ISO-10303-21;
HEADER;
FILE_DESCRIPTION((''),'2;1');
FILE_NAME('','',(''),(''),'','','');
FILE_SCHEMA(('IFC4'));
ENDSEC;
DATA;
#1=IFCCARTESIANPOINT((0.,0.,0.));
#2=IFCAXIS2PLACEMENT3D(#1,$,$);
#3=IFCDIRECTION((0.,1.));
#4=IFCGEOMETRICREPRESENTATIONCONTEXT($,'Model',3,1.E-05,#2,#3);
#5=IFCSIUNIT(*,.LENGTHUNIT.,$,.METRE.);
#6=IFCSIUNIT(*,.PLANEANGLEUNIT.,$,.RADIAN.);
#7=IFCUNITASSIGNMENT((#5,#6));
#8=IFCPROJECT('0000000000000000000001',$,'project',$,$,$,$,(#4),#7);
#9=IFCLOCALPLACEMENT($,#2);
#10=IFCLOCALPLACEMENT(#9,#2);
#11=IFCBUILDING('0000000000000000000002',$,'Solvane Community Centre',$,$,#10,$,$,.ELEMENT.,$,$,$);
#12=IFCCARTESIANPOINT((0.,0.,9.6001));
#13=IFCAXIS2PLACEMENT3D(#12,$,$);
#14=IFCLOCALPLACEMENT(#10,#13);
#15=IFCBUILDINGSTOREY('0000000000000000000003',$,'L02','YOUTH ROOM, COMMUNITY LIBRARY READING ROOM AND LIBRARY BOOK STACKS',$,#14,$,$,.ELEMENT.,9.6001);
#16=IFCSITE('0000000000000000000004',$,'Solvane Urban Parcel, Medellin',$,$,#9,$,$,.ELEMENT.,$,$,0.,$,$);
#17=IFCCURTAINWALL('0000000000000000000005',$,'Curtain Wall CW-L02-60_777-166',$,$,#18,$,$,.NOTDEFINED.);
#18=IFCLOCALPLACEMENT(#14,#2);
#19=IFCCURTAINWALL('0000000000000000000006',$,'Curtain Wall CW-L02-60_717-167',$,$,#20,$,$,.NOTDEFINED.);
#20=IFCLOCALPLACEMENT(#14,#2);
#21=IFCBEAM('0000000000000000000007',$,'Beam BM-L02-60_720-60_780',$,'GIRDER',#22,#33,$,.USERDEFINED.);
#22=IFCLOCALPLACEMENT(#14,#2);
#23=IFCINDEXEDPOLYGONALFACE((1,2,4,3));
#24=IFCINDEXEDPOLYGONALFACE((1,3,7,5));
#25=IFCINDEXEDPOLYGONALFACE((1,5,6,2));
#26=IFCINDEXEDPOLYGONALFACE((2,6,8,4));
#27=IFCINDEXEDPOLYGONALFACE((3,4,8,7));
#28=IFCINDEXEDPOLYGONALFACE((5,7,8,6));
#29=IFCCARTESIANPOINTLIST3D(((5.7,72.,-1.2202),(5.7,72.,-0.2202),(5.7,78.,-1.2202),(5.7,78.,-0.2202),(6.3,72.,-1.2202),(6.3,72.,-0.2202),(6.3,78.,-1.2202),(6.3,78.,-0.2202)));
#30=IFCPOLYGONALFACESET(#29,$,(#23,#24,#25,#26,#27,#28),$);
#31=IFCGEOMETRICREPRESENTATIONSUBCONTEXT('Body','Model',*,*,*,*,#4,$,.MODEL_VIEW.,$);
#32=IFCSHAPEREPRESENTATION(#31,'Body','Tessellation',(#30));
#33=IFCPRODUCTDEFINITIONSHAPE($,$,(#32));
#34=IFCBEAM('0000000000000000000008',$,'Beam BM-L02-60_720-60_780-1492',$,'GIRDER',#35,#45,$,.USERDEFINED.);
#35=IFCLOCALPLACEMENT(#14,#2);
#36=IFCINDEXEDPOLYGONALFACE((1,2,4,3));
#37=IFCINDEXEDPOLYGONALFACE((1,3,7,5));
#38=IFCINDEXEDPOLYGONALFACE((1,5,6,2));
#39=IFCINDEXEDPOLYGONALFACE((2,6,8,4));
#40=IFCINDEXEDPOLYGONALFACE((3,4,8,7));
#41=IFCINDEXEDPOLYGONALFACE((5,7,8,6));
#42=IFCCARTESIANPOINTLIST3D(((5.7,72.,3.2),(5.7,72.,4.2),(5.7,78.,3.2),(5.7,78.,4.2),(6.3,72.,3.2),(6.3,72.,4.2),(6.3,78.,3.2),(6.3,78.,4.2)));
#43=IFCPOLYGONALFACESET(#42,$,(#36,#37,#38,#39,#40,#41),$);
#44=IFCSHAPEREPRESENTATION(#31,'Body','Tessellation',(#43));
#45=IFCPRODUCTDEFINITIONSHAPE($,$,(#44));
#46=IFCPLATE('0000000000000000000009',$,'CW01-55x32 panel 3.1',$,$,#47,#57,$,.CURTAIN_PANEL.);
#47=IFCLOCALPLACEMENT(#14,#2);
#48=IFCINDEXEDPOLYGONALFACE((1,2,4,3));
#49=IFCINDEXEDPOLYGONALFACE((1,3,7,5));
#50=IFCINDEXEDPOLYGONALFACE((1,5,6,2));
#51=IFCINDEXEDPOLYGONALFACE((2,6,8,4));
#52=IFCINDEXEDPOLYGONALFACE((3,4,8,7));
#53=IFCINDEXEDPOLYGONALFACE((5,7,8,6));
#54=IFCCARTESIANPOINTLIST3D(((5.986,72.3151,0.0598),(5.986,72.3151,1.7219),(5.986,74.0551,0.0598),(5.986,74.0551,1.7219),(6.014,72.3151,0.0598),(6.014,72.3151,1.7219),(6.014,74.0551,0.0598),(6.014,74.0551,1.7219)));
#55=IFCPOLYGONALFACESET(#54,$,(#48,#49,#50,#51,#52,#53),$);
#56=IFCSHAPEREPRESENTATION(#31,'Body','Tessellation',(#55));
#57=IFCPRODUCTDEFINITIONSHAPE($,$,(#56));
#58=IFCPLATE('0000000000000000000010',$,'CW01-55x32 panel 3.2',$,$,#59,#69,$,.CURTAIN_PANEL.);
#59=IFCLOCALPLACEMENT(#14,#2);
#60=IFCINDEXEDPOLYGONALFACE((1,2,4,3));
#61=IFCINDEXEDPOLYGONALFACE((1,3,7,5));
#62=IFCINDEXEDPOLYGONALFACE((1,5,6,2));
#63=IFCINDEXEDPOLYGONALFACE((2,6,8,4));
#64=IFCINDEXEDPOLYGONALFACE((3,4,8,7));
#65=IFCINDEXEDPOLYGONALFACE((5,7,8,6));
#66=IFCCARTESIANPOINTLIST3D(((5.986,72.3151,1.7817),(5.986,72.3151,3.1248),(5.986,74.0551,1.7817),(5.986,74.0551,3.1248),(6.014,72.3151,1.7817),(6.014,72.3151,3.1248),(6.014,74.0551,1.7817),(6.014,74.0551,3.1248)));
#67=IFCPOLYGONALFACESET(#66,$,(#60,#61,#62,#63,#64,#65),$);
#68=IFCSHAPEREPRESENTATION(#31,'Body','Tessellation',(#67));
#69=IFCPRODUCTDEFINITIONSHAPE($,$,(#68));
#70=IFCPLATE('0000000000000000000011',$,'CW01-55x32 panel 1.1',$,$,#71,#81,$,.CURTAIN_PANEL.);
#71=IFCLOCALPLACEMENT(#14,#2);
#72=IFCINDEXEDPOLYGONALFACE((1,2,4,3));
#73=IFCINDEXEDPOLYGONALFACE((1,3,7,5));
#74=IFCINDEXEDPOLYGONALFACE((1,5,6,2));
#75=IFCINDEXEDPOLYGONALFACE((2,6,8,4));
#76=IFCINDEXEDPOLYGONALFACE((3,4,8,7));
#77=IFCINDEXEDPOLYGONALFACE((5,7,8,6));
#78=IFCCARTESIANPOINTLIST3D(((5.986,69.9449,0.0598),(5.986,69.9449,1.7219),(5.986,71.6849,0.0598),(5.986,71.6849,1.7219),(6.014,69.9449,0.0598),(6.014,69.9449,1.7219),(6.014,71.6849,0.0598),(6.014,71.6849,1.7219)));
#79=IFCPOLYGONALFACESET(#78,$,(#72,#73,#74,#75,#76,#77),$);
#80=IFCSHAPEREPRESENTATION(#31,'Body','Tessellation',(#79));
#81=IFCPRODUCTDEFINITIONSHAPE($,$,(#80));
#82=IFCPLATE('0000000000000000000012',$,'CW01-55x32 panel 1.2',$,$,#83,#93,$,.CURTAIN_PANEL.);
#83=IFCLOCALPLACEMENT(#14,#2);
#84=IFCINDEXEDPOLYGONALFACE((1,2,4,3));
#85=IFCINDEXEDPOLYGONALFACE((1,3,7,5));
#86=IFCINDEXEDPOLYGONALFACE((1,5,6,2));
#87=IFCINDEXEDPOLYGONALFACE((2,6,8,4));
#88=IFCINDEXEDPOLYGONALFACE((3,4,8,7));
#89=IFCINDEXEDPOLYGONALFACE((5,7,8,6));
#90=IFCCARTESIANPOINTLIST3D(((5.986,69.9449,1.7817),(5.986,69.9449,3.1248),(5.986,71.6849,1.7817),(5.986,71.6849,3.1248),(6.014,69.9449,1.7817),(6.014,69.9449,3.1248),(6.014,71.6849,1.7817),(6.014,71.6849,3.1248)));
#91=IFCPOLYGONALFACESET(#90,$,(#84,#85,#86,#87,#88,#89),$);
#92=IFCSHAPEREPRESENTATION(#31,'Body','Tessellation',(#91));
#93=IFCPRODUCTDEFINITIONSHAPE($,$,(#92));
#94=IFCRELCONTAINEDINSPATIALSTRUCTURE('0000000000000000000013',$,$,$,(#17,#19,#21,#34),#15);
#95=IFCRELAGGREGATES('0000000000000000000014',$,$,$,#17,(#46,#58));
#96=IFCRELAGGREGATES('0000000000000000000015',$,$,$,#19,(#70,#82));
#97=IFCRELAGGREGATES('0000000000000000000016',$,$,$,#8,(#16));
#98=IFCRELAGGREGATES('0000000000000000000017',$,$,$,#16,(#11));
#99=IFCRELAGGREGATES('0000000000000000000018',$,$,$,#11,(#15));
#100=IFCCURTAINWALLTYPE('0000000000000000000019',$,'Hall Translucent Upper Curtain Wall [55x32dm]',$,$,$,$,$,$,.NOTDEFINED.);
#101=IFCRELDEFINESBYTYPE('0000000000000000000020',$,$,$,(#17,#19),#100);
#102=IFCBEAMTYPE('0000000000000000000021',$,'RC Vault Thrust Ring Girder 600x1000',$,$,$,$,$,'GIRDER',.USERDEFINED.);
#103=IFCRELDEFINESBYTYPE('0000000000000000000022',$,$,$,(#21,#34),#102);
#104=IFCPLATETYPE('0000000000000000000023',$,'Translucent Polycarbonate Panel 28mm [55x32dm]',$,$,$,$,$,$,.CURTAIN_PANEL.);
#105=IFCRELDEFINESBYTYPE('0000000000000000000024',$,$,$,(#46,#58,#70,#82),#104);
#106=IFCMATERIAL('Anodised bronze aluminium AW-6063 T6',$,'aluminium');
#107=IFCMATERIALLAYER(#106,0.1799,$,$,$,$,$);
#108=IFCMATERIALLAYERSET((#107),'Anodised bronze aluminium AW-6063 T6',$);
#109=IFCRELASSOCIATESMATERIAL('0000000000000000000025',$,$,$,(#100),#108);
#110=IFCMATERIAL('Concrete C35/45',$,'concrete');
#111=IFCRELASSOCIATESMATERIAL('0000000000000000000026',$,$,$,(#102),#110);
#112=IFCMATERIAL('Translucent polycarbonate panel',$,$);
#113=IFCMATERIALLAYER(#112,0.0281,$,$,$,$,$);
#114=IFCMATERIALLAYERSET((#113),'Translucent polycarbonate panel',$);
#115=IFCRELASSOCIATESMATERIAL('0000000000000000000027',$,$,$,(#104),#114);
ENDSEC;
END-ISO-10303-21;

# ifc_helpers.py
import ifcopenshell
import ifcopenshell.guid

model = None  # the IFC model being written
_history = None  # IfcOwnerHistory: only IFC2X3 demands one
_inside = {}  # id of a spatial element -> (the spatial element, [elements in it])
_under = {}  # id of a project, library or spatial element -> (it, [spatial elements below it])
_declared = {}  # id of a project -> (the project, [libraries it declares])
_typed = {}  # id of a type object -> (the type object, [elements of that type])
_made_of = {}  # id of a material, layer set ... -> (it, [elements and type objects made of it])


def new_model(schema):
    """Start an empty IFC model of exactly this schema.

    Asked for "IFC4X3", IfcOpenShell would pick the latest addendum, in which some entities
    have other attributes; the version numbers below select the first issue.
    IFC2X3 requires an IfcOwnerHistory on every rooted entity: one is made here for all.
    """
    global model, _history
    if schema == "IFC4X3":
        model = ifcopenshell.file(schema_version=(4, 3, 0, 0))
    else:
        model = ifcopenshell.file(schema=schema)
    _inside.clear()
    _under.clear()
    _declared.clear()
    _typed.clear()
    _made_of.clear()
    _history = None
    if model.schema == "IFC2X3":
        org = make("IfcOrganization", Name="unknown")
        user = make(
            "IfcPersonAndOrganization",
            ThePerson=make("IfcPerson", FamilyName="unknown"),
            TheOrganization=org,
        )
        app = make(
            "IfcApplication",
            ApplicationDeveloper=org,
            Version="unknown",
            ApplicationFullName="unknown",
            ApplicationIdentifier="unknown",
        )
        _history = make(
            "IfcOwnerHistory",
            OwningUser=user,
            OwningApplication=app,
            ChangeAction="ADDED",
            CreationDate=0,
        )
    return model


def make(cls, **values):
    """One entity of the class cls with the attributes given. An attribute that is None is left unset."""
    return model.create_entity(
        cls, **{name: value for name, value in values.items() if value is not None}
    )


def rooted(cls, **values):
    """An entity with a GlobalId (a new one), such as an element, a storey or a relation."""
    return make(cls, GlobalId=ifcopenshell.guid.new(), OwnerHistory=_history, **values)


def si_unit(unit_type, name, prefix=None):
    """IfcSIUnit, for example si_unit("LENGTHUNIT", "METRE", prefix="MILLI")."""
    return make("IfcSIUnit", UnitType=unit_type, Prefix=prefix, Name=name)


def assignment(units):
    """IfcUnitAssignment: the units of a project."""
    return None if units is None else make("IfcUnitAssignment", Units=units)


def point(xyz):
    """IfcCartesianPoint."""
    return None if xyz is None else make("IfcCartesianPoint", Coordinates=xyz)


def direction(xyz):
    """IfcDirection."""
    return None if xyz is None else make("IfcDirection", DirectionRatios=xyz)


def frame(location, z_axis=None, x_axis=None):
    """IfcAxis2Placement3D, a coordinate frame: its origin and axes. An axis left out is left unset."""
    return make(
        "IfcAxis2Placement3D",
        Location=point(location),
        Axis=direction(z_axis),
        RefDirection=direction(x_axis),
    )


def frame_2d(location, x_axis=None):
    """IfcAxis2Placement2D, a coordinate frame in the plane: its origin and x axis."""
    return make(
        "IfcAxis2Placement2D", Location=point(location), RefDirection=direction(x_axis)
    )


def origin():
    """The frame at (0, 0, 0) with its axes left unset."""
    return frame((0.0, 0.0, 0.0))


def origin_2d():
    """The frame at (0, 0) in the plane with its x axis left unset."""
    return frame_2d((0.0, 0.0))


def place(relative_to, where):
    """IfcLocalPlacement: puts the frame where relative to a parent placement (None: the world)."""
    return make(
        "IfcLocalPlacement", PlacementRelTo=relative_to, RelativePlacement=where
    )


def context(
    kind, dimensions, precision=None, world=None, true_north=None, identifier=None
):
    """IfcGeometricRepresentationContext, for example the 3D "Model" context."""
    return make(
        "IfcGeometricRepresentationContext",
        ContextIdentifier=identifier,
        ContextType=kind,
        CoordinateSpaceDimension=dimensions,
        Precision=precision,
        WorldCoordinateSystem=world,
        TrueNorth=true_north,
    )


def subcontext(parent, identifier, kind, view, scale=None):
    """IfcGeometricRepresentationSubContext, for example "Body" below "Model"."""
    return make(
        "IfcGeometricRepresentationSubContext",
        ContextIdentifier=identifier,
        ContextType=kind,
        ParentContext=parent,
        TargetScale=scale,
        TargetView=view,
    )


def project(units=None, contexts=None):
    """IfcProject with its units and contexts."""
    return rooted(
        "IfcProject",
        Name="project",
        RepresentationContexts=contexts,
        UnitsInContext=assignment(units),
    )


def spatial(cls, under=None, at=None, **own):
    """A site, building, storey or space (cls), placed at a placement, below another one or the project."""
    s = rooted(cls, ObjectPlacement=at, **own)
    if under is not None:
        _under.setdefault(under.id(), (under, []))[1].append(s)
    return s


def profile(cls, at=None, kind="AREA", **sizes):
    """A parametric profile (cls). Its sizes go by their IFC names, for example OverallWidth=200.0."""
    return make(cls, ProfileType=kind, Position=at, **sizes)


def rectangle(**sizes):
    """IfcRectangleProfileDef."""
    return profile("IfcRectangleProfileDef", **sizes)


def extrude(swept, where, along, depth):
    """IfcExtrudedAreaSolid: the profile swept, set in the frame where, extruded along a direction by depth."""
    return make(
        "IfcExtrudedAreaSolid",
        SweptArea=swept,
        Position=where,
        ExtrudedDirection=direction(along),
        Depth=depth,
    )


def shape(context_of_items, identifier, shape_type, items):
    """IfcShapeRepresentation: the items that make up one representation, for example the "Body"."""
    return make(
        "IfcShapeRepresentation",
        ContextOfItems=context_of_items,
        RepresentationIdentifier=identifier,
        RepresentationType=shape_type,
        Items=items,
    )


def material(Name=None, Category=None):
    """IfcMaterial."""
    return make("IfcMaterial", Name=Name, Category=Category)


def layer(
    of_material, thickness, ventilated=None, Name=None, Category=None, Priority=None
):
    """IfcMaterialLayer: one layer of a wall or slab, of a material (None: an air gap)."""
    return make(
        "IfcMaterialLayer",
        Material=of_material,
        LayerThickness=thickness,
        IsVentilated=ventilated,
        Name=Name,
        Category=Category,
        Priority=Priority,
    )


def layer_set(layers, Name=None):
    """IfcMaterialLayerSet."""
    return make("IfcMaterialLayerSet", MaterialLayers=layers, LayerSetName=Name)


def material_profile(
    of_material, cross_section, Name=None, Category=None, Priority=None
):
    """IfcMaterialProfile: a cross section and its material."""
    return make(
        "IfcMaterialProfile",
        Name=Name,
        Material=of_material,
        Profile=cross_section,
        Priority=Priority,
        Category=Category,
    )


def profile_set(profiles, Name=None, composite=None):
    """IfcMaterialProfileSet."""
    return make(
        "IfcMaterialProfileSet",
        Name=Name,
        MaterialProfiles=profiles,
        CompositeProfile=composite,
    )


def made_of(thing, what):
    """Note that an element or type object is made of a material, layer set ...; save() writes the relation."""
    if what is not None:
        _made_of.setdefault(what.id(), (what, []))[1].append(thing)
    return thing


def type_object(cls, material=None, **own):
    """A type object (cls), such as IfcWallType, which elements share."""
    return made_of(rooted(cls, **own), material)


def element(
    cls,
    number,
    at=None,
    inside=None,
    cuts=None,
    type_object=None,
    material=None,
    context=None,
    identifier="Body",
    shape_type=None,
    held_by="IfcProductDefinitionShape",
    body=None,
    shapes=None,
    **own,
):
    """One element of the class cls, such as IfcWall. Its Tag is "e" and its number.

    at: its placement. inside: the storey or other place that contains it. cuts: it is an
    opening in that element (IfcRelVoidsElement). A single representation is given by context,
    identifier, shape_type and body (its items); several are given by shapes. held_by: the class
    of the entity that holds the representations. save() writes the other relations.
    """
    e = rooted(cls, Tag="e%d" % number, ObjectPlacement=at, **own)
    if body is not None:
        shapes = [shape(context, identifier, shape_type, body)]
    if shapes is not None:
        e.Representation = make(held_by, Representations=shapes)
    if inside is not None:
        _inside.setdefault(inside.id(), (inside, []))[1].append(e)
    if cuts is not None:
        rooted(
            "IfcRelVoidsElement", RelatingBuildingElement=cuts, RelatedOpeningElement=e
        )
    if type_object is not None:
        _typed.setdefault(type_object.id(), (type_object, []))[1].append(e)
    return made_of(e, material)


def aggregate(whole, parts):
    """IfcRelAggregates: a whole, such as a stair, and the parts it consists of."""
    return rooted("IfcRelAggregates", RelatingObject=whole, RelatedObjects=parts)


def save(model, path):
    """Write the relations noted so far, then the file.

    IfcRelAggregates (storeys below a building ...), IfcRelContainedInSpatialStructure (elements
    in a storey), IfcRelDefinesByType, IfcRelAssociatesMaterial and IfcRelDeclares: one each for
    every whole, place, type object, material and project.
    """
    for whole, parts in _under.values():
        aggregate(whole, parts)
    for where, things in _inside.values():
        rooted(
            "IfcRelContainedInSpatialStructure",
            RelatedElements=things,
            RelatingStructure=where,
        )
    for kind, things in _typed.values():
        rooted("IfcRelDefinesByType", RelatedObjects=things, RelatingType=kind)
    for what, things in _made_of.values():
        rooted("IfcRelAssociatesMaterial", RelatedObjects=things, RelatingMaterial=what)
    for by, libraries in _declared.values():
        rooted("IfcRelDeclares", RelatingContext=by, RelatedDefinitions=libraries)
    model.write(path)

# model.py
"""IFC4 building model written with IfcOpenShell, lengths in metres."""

from ifc_helpers import new_model, si_unit, direction, frame, origin, origin_2d, place, context, subcontext, project, spatial, rectangle, extrude, material, layer, layer_set, material_profile, profile_set, type_object, element, aggregate, save


model = new_model("IFC4")

# Units and contexts
model_context = context("Model", 3, precision=1e-05, world=origin(), true_north=direction((0.0, 1.0)))
body_context = subcontext(model_context, "Body", "Model", "MODEL_VIEW")
ifc_project = project(units=[si_unit("LENGTHUNIT", "METRE"), si_unit("PLANEANGLEUNIT", "RADIAN")], contexts=[model_context])

# Site, building, storey
site_placement = place(None, origin())
site = spatial("IfcSite", under=ifc_project, at=site_placement, Name="Solvane Urban Parcel, Medellin", CompositionType="ELEMENT", RefElevation=0.0)
building_placement = place(site_placement, origin())
building = spatial("IfcBuilding", under=site, at=building_placement, Name="Solvane Community Centre", CompositionType="ELEMENT")
storey_placement = place(building_placement, frame((0.0, 0.0, 9.6001)))
storey = spatial("IfcBuildingStorey", under=building, at=storey_placement, Name="L02", Description="YOUTH ROOM, COMMUNITY LIBRARY READING ROOM AND LIBRARY BOOK STACKS", CompositionType="ELEMENT", Elevation=9.6001)

# Curtain walls
ifc_material_1 = material(Name="Anodised bronze aluminium AW-6063 T6", Category="aluminium")
ifc_layer_1 = layer(ifc_material_1, 0.1799)
ifc_layer_set_1 = layer_set([ifc_layer_1], Name="Anodised bronze aluminium AW-6063 T6")
curtain_wall_type = type_object("IfcCurtainWallType", Name="Hall Translucent Upper Curtain Wall [55x32dm]", PredefinedType="NOTDEFINED", material=ifc_layer_set_1)
curtain_wall_1_placement = place(storey_placement, origin())
curtain_wall_1 = element("IfcCurtainWall", 1, at=curtain_wall_1_placement, inside=storey, type_object=curtain_wall_type, Name="Curtain Wall CW-L02-60_777-166", PredefinedType="NOTDEFINED")
curtain_wall_2_placement = place(storey_placement, origin())
curtain_wall_2 = element("IfcCurtainWall", 2, at=curtain_wall_2_placement, inside=storey, type_object=curtain_wall_type, Name="Curtain Wall CW-L02-60_717-167", PredefinedType="NOTDEFINED")

# Beams
ifc_material_2 = material(Name="Concrete C35/45", Category="concrete")
ifc_material_profile_1 = material_profile(ifc_material_2, rectangle(XDim=0.6001, YDim=1.0, at=origin_2d()), Name="RC 600x1000")
ifc_profile_set_1 = profile_set([ifc_material_profile_1], Name="Concrete C35/45")
beam_type = type_object("IfcBeamType", Name="RC Vault Thrust Ring Girder 600x1000", ElementType="GIRDER", PredefinedType="USERDEFINED", material=ifc_profile_set_1)
for number, where, z_axis, x_axis, name in (
    (3, (6.0, 72.0, -0.7202), (0.0, 1.0, 0.0), (-1.0, 0.0, 0.0), "Beam BM-L02-60_720-60_780"),
    (4, (6.0, 72.0, 3.7), (0.0, 1.0, 0.0), (-1.0, 0.0, 0.0), "Beam BM-L02-60_720-60_780-1492"),
):
    element("IfcBeam", number, at=place(storey_placement, frame(where, z_axis=z_axis, x_axis=x_axis)), inside=storey, type_object=beam_type, Name=name, ObjectType="GIRDER", PredefinedType="USERDEFINED", context=body_context, shape_type="SweptSolid", body=[
        extrude(rectangle(XDim=0.6001, YDim=1.0, at=origin_2d()), origin(), (0.0, 0.0, 1.0), 6.0),
    ])

# Plates
ifc_material_3 = material(Name="Translucent polycarbonate panel")
ifc_layer_2 = layer(ifc_material_3, 0.0281)
ifc_layer_set_2 = layer_set([ifc_layer_2], Name="Translucent polycarbonate panel")
plate_type = type_object("IfcPlateType", Name="Translucent Polycarbonate Panel 28mm [55x32dm]", PredefinedType="CURTAIN_PANEL", material=ifc_layer_set_2)
plate_1_placement = place(storey_placement, frame((6.0, 73.1851, 0.0598), z_axis=(0.0, 0.0, 1.0), x_axis=(0.0, -1.0, 0.0)))
plate_1 = element("IfcPlate", 5, at=plate_1_placement, type_object=plate_type, Name="CW01-55x32 panel 3.1", PredefinedType="CURTAIN_PANEL", context=body_context, shape_type="SweptSolid", body=[
    extrude(rectangle(XDim=1.74, YDim=0.0281, at=origin_2d()), origin(), (0.0, 0.0, 1.0), 1.6621),
])
plate_2_placement = place(storey_placement, frame((6.0, 73.1851, 1.7817), z_axis=(0.0, 0.0, 1.0), x_axis=(0.0, -1.0, 0.0)))
plate_2 = element("IfcPlate", 6, at=plate_2_placement, type_object=plate_type, Name="CW01-55x32 panel 3.2", PredefinedType="CURTAIN_PANEL", context=body_context, shape_type="SweptSolid", body=[
    extrude(rectangle(XDim=1.74, YDim=0.0281, at=origin_2d()), origin(), (0.0, 0.0, 1.0), 1.343),
])
aggregate(curtain_wall_1, [plate_1, plate_2])
plate_3_placement = place(storey_placement, frame((6.0, 70.8149, 0.0598), z_axis=(0.0, 0.0, 1.0), x_axis=(0.0, -1.0, 0.0)))
plate_3 = element("IfcPlate", 7, at=plate_3_placement, type_object=plate_type, Name="CW01-55x32 panel 1.1", PredefinedType="CURTAIN_PANEL", context=body_context, shape_type="SweptSolid", body=[
    extrude(rectangle(XDim=1.74, YDim=0.0281, at=origin_2d()), origin(), (0.0, 0.0, 1.0), 1.6621),
])
plate_4_placement = place(storey_placement, frame((6.0, 70.8149, 1.7817), z_axis=(0.0, 0.0, 1.0), x_axis=(0.0, -1.0, 0.0)))
plate_4 = element("IfcPlate", 8, at=plate_4_placement, type_object=plate_type, Name="CW01-55x32 panel 1.2", PredefinedType="CURTAIN_PANEL", context=body_context, shape_type="SweptSolid", body=[
    extrude(rectangle(XDim=1.74, YDim=0.0281, at=origin_2d()), origin(), (0.0, 0.0, 1.0), 1.343),
])
aggregate(curtain_wall_2, [plate_3, plate_4])

save(model, "model.ifc")
